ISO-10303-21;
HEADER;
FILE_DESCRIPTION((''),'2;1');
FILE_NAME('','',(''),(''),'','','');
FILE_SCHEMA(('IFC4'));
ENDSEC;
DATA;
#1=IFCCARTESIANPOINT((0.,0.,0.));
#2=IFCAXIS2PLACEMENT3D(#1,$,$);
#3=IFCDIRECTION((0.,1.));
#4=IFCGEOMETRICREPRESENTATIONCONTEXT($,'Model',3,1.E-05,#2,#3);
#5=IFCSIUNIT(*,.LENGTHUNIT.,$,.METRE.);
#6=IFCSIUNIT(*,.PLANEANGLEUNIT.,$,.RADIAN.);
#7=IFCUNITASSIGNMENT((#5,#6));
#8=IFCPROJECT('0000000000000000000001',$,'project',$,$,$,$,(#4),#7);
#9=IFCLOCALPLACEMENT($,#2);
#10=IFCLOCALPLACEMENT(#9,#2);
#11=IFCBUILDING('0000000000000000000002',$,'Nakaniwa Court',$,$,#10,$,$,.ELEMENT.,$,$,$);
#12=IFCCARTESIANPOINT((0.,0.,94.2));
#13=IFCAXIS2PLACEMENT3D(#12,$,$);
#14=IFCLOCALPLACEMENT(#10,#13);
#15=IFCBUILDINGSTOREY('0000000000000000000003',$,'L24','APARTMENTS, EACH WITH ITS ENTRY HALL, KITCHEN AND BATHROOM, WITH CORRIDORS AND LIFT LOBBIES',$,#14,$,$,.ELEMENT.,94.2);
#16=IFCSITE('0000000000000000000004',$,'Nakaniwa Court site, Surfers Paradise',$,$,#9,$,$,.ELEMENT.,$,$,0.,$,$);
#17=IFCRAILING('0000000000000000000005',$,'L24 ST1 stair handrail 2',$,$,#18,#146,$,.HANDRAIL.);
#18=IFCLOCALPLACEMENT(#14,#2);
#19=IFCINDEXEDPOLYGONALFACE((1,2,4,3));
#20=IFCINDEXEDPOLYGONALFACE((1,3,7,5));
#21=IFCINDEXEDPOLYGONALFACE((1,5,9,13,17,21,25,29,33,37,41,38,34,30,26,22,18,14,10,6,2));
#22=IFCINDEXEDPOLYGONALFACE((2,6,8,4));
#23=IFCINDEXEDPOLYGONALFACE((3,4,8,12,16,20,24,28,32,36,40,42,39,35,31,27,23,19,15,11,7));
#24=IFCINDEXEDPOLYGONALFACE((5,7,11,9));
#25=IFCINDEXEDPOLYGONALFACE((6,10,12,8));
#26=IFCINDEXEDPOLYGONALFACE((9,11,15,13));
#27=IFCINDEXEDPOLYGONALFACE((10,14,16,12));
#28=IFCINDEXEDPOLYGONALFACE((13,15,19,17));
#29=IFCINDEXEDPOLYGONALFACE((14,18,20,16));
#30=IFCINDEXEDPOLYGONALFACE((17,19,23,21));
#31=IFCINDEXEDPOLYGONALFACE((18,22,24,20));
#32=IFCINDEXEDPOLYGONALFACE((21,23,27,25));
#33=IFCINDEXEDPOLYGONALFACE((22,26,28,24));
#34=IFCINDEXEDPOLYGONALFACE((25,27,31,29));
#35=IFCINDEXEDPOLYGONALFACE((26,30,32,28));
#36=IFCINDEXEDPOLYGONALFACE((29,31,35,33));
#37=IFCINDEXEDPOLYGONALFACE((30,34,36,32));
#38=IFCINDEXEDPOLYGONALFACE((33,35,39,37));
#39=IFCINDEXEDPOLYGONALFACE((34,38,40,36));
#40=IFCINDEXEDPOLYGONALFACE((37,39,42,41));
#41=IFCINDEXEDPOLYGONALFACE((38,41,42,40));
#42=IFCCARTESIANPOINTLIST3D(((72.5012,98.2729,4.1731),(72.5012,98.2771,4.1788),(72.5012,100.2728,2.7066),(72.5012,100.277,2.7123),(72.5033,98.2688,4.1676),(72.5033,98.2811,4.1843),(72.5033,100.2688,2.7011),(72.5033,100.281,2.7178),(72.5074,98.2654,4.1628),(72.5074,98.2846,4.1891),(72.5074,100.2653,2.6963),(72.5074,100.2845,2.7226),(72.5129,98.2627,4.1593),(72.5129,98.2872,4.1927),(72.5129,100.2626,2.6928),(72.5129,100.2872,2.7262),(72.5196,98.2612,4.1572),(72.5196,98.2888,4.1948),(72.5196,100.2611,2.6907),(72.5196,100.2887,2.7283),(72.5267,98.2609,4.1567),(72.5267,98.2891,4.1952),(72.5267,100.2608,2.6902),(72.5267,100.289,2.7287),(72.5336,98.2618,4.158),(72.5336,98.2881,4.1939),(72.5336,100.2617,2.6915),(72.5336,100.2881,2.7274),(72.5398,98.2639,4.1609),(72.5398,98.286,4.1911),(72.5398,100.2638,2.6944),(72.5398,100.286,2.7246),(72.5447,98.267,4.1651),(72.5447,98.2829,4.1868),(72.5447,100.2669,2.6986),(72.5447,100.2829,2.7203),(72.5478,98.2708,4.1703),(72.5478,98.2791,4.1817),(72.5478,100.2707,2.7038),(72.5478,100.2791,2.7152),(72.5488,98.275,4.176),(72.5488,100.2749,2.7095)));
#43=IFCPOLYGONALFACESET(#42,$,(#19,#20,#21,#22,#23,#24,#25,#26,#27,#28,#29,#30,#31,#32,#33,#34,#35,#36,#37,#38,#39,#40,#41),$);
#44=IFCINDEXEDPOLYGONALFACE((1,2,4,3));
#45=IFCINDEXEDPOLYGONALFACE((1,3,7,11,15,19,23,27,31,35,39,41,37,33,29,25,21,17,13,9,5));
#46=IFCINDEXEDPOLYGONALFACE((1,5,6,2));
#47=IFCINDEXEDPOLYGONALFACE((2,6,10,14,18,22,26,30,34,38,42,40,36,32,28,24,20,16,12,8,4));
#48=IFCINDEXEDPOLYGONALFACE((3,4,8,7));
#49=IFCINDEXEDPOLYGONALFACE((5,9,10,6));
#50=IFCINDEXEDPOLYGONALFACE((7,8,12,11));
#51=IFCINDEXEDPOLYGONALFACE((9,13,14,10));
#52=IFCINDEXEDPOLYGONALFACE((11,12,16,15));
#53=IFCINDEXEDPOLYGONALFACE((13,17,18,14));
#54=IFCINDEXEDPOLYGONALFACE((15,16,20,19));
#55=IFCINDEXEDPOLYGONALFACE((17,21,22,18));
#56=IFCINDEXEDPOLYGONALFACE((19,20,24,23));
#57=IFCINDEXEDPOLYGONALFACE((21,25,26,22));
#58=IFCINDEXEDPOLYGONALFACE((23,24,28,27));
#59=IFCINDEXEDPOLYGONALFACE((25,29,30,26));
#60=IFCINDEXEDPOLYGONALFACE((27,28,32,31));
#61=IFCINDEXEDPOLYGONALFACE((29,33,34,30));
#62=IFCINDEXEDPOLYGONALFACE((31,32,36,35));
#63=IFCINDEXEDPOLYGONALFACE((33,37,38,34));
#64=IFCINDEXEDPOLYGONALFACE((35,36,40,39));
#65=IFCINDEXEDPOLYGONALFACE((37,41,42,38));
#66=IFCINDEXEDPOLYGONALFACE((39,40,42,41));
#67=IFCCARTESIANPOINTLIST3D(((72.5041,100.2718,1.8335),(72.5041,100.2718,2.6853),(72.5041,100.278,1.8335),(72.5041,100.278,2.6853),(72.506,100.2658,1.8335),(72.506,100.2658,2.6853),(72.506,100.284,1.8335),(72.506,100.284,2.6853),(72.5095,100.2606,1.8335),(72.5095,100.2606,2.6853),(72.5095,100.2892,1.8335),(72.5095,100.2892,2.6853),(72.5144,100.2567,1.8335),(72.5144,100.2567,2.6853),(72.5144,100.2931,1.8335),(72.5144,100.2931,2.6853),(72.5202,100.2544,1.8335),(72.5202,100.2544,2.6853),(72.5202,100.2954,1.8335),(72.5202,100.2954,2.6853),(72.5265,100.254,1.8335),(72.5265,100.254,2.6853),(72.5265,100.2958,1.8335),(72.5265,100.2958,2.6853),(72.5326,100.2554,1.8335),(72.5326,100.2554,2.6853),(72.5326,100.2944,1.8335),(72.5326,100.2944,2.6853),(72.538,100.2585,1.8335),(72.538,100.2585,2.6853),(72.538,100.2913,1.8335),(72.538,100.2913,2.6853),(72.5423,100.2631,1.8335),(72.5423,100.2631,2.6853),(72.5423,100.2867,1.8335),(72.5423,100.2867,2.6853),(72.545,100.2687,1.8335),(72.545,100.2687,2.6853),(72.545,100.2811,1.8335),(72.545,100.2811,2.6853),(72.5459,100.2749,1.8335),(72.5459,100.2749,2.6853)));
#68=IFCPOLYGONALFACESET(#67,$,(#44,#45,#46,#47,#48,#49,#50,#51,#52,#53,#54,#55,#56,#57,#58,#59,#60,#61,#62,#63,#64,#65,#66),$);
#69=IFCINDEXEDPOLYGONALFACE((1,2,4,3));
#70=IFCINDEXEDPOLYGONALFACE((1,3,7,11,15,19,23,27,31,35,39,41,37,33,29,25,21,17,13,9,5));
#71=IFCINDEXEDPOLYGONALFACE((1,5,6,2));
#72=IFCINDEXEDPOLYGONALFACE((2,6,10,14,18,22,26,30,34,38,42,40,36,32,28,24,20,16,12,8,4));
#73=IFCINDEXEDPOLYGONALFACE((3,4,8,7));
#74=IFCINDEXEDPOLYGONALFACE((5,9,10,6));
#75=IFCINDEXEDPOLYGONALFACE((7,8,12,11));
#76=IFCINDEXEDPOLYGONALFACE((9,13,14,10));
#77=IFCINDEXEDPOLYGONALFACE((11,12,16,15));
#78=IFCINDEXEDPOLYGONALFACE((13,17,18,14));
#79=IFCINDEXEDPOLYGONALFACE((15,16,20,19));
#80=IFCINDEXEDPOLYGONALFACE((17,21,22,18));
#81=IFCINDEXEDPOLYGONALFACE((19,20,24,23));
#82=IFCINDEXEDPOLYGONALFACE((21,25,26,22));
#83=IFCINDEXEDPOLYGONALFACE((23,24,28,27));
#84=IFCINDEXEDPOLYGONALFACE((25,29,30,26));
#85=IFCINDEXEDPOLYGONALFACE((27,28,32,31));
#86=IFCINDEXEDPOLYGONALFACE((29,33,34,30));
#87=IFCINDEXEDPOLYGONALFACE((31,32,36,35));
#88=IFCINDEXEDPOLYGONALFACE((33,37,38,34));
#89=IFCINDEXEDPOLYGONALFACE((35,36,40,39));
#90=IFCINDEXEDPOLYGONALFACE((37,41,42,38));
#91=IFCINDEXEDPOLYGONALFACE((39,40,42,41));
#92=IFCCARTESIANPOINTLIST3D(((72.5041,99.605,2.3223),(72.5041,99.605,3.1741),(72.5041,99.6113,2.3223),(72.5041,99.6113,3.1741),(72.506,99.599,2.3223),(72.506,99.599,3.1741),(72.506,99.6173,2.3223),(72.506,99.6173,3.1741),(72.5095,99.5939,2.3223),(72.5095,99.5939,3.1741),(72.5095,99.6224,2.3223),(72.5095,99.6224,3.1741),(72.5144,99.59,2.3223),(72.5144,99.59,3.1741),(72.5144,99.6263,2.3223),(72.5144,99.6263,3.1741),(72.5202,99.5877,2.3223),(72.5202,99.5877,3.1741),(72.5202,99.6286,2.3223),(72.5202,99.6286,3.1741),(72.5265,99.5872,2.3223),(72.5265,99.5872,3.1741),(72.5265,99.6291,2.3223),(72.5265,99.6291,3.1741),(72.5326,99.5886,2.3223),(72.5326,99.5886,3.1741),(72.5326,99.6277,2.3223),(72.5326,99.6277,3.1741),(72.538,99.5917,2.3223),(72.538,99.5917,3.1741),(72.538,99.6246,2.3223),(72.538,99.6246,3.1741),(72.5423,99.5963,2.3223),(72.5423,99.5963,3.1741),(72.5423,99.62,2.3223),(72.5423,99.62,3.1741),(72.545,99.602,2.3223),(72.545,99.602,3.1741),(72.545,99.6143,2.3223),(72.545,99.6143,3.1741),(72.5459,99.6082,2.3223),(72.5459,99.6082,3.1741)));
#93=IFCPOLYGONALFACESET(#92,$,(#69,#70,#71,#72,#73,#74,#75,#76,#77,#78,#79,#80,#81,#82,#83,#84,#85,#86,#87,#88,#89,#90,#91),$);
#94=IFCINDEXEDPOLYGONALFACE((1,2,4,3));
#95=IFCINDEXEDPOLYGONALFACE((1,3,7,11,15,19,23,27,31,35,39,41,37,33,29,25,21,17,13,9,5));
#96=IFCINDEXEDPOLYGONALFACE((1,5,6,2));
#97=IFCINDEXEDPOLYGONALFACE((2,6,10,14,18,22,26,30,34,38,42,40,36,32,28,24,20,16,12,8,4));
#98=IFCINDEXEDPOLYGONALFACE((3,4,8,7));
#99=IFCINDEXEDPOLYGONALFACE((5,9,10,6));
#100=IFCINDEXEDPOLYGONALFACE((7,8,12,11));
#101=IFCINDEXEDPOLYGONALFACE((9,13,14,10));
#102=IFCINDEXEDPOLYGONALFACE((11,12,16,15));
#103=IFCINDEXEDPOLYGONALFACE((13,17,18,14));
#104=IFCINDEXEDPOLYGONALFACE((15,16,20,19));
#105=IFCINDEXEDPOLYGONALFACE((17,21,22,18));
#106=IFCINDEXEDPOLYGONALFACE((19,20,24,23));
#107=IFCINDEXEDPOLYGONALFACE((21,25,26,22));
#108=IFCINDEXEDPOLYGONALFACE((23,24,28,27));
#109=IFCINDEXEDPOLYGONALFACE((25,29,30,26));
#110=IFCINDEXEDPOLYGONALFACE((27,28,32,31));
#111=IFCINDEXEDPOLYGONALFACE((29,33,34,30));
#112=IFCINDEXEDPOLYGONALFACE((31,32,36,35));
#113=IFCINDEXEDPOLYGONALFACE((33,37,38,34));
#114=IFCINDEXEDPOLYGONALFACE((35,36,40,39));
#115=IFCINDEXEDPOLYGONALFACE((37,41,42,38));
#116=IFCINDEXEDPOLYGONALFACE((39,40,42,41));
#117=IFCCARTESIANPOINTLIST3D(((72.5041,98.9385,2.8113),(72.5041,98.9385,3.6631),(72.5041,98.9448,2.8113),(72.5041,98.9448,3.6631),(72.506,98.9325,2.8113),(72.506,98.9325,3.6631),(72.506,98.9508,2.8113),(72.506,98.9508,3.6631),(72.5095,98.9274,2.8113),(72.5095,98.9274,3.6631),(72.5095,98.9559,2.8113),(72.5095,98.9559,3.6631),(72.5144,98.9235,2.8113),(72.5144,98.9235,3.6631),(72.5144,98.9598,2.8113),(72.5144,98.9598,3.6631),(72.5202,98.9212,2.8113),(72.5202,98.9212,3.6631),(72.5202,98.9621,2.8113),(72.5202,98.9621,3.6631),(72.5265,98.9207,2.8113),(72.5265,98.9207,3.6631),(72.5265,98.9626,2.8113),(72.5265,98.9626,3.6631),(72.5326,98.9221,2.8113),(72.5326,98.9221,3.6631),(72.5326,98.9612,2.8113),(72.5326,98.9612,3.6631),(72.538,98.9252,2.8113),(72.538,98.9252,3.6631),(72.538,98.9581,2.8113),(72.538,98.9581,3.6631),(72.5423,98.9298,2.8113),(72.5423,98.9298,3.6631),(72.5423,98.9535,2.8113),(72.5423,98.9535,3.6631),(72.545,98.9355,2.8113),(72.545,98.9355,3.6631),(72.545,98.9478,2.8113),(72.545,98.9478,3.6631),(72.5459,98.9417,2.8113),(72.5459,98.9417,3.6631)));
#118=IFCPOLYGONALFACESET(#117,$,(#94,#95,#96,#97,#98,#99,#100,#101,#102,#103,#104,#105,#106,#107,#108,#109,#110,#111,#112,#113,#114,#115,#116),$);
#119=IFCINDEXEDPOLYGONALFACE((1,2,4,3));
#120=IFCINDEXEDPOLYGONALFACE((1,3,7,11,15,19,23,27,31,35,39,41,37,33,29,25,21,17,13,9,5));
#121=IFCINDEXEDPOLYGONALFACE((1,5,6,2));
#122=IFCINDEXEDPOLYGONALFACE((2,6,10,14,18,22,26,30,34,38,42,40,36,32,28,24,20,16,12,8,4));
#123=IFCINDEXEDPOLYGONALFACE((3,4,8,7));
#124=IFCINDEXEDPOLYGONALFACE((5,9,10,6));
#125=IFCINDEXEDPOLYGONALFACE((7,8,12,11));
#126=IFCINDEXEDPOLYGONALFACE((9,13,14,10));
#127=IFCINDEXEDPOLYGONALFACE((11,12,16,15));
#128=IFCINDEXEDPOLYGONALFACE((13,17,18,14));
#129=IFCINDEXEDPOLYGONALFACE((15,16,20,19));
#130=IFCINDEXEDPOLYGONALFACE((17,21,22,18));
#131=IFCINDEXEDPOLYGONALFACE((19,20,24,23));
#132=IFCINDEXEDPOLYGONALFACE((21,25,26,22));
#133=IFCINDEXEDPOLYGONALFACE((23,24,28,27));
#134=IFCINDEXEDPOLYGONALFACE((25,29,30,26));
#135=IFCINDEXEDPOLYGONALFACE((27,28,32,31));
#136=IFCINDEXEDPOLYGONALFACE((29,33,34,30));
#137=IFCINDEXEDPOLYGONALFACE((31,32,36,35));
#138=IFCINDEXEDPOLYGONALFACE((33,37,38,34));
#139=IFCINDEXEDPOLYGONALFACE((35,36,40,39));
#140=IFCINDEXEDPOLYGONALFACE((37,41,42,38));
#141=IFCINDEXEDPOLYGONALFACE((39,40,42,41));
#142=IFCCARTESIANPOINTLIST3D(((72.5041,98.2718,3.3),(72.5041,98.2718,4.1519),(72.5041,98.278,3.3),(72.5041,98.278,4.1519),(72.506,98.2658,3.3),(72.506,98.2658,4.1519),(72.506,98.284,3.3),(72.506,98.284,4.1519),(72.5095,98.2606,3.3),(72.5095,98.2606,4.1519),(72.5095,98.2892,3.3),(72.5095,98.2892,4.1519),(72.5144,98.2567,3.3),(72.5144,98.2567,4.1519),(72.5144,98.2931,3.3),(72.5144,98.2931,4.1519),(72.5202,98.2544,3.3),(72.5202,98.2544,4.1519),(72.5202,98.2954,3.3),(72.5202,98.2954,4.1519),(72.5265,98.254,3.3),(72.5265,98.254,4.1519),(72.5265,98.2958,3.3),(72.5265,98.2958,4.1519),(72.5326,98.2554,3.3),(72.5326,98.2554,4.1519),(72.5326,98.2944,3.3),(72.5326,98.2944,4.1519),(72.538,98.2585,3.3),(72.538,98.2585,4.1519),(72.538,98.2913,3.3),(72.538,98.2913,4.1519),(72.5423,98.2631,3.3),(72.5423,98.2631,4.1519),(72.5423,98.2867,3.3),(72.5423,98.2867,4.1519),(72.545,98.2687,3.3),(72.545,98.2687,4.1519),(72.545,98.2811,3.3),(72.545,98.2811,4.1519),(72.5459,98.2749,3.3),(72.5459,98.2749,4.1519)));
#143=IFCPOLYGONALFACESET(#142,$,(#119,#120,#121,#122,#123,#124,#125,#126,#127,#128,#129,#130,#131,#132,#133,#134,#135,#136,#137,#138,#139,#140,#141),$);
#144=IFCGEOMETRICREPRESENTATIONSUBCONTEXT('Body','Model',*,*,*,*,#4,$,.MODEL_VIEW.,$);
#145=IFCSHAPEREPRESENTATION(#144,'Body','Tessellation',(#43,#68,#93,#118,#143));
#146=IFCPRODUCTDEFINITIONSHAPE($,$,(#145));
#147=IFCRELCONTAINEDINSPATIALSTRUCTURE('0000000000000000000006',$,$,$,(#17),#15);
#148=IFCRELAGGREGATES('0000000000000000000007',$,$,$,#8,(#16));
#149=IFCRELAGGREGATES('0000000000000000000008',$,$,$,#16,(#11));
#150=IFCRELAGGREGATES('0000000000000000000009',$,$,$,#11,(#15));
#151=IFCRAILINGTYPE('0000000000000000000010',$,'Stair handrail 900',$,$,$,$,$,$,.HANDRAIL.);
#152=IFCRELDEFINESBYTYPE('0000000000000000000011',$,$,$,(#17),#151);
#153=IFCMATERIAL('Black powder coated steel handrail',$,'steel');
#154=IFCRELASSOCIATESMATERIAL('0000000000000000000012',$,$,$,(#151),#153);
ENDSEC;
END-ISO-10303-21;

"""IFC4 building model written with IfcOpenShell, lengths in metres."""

from ifc_helpers import new_model, si_unit, direction, frame, origin, origin_2d, place, context, subcontext, project, spatial, circle, extrude, material, type_object, element, save


model = new_model("IFC4")

# Units and contexts
model_context = context("Model", 3, precision=1e-05, world=origin(), true_north=direction((0.0, 1.0)))
body_context = subcontext(model_context, "Body", "Model", "MODEL_VIEW")
ifc_project = project(units=[si_unit("LENGTHUNIT", "METRE"), si_unit("PLANEANGLEUNIT", "RADIAN")], contexts=[model_context])

# Site, building, storey
site_placement = place(None, origin())
site = spatial("IfcSite", under=ifc_project, at=site_placement, Name="Nakaniwa Court site, Surfers Paradise", CompositionType="ELEMENT", RefElevation=0.0)
building_placement = place(site_placement, origin())
building = spatial("IfcBuilding", under=site, at=building_placement, Name="Nakaniwa Court", CompositionType="ELEMENT")
storey_placement = place(building_placement, frame((0.0, 0.0, 94.2)))
storey = spatial("IfcBuildingStorey", under=building, at=storey_placement, Name="L24", Description="APARTMENTS, EACH WITH ITS ENTRY HALL, KITCHEN AND BATHROOM, WITH CORRIDORS AND LIFT LOBBIES", CompositionType="ELEMENT", Elevation=94.2)

# Railing
ifc_material_1 = material(Name="Black powder coated steel handrail", Category="steel")
railing_type_1 = type_object("IfcRailingType", Name="Stair handrail 900", PredefinedType="HANDRAIL", material=ifc_material_1)
railing_1_placement = place(storey_placement, frame((72.5249, 100.2749, 1.8335)))
element("IfcRailing", 1, at=railing_1_placement, inside=storey, type_object=railing_type_1, Name="L24 ST1 stair handrail 2", PredefinedType="HANDRAIL", context=body_context, shape_type="SweptSolid", body=[
    extrude(circle(Radius=0.0239, at=origin_2d()), frame((0.0, 0.0, 0.876), z_axis=(0.0, -0.806427, 0.591334), x_axis=(1.0, 0.0, 0.0)), (0.0, 0.0, 1.0), 2.48),
    extrude(circle(Radius=0.021, at=origin_2d()), origin(), (0.0, 0.0, 1.0), 0.8518),
    extrude(circle(Radius=0.021, at=origin_2d()), frame((0.0, -0.6667, 0.4888)), (0.0, 0.0, 1.0), 0.8518),
    extrude(circle(Radius=0.021, at=origin_2d()), frame((0.0, -1.3333, 0.9778)), (0.0, 0.0, 1.0), 0.8518),
    extrude(circle(Radius=0.021, at=origin_2d()), frame((0.0, -2.0, 1.4666)), (0.0, 0.0, 1.0), 0.8518),
])

save(model, "model.ifc")
